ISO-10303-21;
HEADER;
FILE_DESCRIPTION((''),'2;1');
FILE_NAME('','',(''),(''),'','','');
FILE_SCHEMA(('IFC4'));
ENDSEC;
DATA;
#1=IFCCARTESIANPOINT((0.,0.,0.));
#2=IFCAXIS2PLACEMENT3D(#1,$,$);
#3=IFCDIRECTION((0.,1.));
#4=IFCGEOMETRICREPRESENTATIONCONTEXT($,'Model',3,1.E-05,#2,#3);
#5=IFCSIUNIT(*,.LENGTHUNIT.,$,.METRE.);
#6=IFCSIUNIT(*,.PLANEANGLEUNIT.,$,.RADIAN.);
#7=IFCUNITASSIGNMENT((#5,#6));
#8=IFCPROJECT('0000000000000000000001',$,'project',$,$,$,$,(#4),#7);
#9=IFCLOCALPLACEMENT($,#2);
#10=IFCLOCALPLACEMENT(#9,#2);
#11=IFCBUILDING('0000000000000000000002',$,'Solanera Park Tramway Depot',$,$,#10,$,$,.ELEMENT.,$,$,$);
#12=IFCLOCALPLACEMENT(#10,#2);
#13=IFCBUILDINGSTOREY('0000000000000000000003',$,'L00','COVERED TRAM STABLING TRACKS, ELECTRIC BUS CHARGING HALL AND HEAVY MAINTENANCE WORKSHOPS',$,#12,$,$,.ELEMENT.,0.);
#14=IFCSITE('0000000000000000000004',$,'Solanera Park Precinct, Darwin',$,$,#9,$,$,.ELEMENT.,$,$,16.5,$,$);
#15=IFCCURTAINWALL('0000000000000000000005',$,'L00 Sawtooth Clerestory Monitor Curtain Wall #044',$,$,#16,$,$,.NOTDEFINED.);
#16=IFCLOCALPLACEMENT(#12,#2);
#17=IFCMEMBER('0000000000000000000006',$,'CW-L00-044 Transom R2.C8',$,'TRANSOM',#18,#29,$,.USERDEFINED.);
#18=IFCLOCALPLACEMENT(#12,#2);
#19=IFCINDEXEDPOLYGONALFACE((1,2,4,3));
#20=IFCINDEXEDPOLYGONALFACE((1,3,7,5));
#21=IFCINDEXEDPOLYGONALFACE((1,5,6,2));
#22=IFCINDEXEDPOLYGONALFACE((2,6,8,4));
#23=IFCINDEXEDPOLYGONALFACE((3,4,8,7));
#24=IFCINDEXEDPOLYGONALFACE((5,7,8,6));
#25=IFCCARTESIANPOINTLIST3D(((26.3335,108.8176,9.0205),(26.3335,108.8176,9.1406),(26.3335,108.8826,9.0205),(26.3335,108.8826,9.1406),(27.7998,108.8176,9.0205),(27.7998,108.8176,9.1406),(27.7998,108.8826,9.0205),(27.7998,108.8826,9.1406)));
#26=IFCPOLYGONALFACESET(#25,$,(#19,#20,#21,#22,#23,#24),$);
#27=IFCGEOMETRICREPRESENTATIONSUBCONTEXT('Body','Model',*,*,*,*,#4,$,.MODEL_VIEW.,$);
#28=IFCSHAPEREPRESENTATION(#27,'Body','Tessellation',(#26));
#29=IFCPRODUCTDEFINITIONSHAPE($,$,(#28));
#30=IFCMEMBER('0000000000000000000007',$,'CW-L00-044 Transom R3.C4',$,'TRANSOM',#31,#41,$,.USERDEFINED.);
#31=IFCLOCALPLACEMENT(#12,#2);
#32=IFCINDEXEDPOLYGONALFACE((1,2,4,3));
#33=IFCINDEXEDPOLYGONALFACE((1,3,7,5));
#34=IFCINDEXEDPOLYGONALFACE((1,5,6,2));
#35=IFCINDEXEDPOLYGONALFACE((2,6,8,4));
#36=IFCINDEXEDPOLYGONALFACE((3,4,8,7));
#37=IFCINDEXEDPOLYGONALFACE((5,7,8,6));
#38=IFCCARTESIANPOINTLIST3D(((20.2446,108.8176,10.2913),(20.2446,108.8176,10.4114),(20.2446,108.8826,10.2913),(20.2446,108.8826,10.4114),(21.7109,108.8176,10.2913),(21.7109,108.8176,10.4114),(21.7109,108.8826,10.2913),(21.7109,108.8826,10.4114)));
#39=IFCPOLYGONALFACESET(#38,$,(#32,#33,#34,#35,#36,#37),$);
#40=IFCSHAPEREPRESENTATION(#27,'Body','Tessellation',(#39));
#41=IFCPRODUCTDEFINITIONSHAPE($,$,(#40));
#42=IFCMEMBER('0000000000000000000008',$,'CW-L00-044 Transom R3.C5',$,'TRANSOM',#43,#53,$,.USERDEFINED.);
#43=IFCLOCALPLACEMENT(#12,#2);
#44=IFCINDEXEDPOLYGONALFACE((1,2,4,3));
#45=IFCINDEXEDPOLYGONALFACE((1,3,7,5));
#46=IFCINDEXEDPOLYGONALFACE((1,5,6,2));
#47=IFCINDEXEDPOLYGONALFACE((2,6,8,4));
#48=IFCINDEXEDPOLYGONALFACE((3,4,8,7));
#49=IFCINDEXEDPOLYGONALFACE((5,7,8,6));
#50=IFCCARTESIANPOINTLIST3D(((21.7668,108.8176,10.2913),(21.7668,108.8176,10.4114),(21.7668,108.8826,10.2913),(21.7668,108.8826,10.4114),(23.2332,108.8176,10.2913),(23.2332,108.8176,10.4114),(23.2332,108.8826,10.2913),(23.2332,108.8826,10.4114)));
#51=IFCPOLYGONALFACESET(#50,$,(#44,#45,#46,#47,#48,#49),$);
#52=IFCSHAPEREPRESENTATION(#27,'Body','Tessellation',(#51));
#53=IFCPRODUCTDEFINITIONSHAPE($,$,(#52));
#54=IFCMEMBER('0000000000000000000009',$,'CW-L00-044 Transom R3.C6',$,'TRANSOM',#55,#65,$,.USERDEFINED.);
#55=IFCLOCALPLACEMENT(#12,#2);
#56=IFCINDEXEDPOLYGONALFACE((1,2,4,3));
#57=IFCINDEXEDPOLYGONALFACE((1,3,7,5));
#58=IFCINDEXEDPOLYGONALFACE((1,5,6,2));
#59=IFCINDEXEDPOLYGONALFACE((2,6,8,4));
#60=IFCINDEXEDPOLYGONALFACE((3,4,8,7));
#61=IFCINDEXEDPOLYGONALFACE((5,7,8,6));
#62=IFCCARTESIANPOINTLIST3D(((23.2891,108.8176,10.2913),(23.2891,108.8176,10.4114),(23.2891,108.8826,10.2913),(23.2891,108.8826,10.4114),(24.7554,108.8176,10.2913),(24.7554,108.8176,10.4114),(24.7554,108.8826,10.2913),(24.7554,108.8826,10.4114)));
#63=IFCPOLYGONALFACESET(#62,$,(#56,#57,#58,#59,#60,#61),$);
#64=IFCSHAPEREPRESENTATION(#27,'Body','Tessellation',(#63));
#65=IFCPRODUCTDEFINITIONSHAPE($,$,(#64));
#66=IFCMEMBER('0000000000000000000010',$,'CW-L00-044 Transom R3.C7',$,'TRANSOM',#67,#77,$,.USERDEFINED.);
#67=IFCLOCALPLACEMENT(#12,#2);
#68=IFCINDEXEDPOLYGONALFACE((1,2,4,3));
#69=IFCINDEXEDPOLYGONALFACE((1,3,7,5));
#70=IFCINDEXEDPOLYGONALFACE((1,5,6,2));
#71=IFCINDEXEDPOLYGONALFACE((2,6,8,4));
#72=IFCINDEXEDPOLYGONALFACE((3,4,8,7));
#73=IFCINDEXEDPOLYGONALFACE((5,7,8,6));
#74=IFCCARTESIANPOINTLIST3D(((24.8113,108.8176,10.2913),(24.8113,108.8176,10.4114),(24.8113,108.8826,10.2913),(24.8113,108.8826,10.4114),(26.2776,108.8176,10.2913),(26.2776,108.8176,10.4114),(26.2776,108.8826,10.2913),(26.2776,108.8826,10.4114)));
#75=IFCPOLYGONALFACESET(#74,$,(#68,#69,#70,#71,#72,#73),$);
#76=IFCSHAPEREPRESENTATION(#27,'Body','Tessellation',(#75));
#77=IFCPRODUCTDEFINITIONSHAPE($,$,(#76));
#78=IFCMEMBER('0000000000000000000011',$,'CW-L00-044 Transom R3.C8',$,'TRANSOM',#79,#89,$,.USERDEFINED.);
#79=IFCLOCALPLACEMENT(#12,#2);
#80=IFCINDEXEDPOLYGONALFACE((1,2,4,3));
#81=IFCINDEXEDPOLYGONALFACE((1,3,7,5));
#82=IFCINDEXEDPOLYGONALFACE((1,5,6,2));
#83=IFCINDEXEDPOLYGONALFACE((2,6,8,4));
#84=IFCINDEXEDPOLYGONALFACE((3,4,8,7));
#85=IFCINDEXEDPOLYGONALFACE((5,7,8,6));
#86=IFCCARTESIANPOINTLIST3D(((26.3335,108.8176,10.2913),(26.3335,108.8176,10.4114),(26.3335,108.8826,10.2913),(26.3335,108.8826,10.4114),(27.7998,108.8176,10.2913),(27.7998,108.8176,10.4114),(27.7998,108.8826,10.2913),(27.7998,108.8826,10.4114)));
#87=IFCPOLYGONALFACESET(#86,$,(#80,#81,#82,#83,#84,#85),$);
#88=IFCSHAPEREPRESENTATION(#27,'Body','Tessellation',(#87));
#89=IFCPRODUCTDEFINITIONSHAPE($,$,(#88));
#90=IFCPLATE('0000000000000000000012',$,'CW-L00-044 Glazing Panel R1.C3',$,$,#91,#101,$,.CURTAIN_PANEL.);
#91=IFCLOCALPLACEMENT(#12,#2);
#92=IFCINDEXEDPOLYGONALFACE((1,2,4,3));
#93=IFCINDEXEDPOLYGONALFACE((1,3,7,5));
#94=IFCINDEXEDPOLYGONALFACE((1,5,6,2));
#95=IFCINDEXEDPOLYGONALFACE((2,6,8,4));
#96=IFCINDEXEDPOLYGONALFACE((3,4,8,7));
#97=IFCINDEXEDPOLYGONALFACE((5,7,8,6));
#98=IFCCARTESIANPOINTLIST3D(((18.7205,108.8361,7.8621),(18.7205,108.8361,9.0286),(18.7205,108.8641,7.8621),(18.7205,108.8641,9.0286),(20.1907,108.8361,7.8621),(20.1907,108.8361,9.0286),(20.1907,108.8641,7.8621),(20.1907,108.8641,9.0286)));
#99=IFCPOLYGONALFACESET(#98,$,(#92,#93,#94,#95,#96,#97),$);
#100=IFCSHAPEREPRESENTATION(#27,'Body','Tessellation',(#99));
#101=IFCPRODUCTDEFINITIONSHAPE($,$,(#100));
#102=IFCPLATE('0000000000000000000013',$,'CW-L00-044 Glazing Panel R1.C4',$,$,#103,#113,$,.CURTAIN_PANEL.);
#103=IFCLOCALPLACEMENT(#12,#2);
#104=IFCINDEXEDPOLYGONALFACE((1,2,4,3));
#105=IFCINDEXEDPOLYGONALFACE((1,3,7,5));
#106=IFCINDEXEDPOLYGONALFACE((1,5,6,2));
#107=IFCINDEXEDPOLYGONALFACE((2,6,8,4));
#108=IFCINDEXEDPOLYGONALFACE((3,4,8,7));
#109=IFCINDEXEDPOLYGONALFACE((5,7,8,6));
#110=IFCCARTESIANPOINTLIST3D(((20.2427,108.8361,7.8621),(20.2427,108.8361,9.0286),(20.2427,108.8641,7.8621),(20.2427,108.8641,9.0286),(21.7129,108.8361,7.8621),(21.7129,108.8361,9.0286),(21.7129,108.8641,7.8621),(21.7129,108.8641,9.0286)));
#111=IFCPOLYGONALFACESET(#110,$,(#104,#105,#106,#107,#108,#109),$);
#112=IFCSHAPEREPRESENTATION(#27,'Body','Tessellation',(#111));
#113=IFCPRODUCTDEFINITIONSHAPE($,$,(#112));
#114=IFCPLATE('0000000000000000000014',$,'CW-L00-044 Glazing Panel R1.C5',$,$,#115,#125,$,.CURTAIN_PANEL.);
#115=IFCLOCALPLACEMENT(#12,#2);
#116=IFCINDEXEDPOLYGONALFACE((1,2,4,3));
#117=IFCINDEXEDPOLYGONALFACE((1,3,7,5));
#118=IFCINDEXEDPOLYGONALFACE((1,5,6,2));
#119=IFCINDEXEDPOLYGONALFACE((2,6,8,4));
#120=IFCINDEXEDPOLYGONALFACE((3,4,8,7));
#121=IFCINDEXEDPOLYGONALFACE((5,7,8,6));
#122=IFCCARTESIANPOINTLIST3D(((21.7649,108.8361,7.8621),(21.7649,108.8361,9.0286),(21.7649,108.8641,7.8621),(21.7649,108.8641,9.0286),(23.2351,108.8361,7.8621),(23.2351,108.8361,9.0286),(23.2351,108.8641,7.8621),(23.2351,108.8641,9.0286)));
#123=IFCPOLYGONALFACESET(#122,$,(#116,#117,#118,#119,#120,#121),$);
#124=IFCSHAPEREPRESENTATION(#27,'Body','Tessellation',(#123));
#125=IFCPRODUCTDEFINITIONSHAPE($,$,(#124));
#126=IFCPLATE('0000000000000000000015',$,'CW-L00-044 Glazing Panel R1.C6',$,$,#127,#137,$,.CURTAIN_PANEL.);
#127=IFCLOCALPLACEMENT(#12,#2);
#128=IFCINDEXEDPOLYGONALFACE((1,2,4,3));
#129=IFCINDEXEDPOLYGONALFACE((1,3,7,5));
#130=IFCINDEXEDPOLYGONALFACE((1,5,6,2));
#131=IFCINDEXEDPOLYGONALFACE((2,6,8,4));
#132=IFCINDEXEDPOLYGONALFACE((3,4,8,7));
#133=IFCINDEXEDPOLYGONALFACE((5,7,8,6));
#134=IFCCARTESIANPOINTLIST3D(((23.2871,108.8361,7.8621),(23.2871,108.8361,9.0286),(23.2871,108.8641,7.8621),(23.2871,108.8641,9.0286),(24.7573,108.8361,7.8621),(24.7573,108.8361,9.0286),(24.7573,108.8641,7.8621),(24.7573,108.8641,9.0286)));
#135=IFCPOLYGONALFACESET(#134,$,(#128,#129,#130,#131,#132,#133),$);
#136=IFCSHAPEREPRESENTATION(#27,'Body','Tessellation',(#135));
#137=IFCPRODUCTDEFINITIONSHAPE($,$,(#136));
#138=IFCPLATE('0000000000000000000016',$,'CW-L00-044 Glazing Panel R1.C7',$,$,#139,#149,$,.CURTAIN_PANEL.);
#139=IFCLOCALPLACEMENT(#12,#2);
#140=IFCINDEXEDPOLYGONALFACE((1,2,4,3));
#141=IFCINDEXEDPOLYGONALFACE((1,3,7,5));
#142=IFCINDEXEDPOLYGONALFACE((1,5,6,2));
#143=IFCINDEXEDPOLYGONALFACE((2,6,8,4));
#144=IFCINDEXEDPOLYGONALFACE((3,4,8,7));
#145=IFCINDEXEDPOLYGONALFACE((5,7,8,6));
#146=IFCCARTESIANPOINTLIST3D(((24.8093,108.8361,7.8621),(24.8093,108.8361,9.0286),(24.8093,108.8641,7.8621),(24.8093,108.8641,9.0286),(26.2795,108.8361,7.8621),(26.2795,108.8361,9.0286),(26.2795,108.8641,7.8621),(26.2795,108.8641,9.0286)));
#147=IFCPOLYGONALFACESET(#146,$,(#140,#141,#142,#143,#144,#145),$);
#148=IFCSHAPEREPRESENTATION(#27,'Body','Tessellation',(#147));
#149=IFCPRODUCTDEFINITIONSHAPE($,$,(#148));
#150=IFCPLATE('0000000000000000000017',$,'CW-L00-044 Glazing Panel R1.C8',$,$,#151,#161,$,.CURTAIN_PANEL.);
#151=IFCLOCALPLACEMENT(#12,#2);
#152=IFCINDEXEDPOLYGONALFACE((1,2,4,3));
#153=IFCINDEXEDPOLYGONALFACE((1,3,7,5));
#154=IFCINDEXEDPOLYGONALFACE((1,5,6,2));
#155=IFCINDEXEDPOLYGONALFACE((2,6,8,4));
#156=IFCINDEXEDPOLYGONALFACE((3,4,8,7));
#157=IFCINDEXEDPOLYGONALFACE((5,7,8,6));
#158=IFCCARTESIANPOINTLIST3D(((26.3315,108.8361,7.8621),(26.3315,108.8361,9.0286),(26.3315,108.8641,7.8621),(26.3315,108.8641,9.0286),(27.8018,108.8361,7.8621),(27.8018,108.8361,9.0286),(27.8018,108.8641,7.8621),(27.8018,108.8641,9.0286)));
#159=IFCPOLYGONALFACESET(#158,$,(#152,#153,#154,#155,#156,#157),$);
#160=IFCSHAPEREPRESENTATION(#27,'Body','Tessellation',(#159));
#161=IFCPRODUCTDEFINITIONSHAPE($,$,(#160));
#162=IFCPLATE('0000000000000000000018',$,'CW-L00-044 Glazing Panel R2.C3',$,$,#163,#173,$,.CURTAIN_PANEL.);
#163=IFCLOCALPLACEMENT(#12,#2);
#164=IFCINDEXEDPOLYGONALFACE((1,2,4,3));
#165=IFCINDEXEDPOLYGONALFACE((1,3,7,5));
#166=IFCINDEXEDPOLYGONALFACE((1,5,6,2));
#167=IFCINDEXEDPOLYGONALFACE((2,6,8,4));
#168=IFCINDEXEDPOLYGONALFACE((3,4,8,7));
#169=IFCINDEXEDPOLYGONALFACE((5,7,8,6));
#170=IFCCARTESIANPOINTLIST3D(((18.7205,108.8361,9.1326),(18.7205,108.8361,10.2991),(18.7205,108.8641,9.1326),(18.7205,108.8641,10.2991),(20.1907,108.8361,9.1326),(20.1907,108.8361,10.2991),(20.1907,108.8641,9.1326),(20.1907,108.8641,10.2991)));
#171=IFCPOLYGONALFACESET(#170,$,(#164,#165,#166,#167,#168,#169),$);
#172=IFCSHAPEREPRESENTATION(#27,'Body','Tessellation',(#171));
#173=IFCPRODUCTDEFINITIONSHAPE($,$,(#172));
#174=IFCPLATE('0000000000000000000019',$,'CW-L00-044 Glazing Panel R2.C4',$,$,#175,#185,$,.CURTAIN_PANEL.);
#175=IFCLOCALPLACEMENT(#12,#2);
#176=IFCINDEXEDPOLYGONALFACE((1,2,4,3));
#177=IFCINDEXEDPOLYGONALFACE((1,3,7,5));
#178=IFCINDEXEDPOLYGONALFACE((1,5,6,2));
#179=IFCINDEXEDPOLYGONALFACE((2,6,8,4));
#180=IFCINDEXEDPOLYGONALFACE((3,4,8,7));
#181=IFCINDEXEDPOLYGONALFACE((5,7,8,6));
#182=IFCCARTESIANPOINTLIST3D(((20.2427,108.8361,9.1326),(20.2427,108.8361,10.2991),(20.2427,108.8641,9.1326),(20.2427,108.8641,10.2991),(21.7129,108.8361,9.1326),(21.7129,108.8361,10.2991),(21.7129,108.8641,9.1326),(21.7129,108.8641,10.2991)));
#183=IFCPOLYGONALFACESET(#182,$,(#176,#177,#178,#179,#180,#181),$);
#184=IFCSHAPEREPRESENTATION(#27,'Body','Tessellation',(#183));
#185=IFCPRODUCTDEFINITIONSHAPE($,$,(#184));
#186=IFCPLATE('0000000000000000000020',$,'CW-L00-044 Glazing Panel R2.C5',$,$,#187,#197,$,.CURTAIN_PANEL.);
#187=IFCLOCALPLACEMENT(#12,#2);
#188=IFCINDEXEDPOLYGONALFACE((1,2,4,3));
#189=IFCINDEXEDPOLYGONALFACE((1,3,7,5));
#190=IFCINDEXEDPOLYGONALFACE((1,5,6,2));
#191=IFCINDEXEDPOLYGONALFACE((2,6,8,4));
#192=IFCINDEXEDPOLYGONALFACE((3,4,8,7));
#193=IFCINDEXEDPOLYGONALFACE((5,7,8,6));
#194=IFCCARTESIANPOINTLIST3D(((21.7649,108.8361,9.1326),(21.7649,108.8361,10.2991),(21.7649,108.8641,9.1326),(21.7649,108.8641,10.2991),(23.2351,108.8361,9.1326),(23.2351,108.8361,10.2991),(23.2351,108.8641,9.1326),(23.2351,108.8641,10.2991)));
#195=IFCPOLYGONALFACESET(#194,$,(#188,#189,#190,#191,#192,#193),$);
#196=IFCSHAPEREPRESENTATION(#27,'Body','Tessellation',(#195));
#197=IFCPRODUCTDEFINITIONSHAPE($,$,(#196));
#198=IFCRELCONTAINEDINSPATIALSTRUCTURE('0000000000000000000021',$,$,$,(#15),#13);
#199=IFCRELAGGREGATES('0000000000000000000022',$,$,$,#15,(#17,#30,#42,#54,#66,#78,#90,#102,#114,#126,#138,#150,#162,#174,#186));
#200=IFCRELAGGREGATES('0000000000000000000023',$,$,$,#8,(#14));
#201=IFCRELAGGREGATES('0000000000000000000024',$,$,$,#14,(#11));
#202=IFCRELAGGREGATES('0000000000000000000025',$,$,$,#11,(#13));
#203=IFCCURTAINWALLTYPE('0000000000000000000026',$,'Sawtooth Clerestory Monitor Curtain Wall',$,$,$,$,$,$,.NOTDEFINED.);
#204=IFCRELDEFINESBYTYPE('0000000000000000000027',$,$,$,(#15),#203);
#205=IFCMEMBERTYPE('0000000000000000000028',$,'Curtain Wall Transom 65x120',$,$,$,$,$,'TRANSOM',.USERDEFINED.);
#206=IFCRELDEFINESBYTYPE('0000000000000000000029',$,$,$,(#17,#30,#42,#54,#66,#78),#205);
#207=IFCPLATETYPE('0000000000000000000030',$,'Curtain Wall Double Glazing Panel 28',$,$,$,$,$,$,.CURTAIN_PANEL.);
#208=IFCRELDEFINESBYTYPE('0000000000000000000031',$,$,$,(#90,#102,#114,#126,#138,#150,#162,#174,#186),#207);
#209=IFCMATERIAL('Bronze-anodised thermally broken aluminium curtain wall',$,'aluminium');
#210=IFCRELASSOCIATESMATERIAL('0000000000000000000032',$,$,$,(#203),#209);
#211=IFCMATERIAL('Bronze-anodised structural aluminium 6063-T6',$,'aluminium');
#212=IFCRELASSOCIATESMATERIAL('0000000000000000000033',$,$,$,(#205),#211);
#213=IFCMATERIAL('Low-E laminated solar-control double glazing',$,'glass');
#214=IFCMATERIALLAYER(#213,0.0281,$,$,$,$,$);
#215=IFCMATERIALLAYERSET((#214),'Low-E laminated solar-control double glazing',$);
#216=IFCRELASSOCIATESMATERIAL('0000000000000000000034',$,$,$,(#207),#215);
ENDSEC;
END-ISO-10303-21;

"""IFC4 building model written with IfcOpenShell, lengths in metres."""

from ifc_helpers import new_model, si_unit, direction, frame, origin, origin_2d, place, context, subcontext, project, spatial, rectangle, extrude, material, layer, layer_set, material_profile, profile_set, type_object, element, aggregate, save


model = new_model("IFC4")

# Units and contexts
model_context = context("Model", 3, precision=1e-05, world=origin(), true_north=direction((0.0, 1.0)))
body_context = subcontext(model_context, "Body", "Model", "MODEL_VIEW")
ifc_project = project(units=[si_unit("LENGTHUNIT", "METRE"), si_unit("PLANEANGLEUNIT", "RADIAN")], contexts=[model_context])

# Site, building, storey
site_placement = place(None, origin())
site = spatial("IfcSite", under=ifc_project, at=site_placement, Name="Solanera Park Precinct, Darwin", CompositionType="ELEMENT", RefElevation=16.5)
building_placement = place(site_placement, origin())
building = spatial("IfcBuilding", under=site, at=building_placement, Name="Solanera Park Tramway Depot", CompositionType="ELEMENT")
storey_placement = place(building_placement, origin())
storey = spatial("IfcBuildingStorey", under=building, at=storey_placement, Name="L00", Description="COVERED TRAM STABLING TRACKS, ELECTRIC BUS CHARGING HALL AND HEAVY MAINTENANCE WORKSHOPS", CompositionType="ELEMENT", Elevation=0.0)

# Curtain wall, members, plates
ifc_material_1 = material(Name="Bronze-anodised thermally broken aluminium curtain wall", Category="aluminium")
curtain_wall_type = type_object("IfcCurtainWallType", Name="Sawtooth Clerestory Monitor Curtain Wall", PredefinedType="NOTDEFINED", material=ifc_material_1)
curtain_wall_placement = place(storey_placement, origin())
curtain_wall = element("IfcCurtainWall", 1, at=curtain_wall_placement, inside=storey, type_object=curtain_wall_type, Name="L00 Sawtooth Clerestory Monitor Curtain Wall #044", PredefinedType="NOTDEFINED")
ifc_material_2 = material(Name="Bronze-anodised structural aluminium 6063-T6", Category="aluminium")
ifc_material_profile_1 = material_profile(ifc_material_2, rectangle(XDim=0.0649, YDim=0.1201, at=origin_2d()), Name="Curtain Wall Transom 65x120")
ifc_profile_set_1 = profile_set([ifc_material_profile_1], Name="Bronze-anodised structural aluminium 6063-T6")
member_type_1 = type_object("IfcMemberType", Name="Curtain Wall Transom 65x120", ElementType="TRANSOM", PredefinedType="USERDEFINED", material=ifc_profile_set_1)
member_1_placement = place(storey_placement, frame((26.3335, 108.8501, 9.0806), z_axis=(1.0, 0.0, 0.0), x_axis=(0.0, 1.0, 0.0)))
member_1 = element("IfcMember", 2, at=member_1_placement, type_object=member_type_1, Name="CW-L00-044 Transom R2.C8", ObjectType="TRANSOM", PredefinedType="USERDEFINED", context=body_context, shape_type="SweptSolid", body=[
    extrude(rectangle(XDim=0.0649, YDim=0.1201, at=origin_2d()), origin(), (0.0, 0.0, 1.0), 1.4663),
])
member_2_placement = place(storey_placement, frame((20.2446, 108.8501, 10.3513), z_axis=(1.0, 0.0, 0.0), x_axis=(0.0, 1.0, 0.0)))
member_2 = element("IfcMember", 3, at=member_2_placement, type_object=member_type_1, Name="CW-L00-044 Transom R3.C4", ObjectType="TRANSOM", PredefinedType="USERDEFINED", context=body_context, shape_type="SweptSolid", body=[
    extrude(rectangle(XDim=0.0649, YDim=0.1201, at=origin_2d()), origin(), (0.0, 0.0, 1.0), 1.4663),
])
member_3_placement = place(storey_placement, frame((21.7668, 108.8501, 10.3513), z_axis=(1.0, 0.0, 0.0), x_axis=(0.0, 1.0, 0.0)))
member_3 = element("IfcMember", 4, at=member_3_placement, type_object=member_type_1, Name="CW-L00-044 Transom R3.C5", ObjectType="TRANSOM", PredefinedType="USERDEFINED", context=body_context, shape_type="SweptSolid", body=[
    extrude(rectangle(XDim=0.0649, YDim=0.1201, at=origin_2d()), origin(), (0.0, 0.0, 1.0), 1.4663),
])
member_4_placement = place(storey_placement, frame((23.2891, 108.8501, 10.3513), z_axis=(1.0, 0.0, 0.0), x_axis=(0.0, 1.0, 0.0)))
member_4 = element("IfcMember", 5, at=member_4_placement, type_object=member_type_1, Name="CW-L00-044 Transom R3.C6", ObjectType="TRANSOM", PredefinedType="USERDEFINED", context=body_context, shape_type="SweptSolid", body=[
    extrude(rectangle(XDim=0.0649, YDim=0.1201, at=origin_2d()), origin(), (0.0, 0.0, 1.0), 1.4663),
])
member_5_placement = place(storey_placement, frame((24.8113, 108.8501, 10.3513), z_axis=(1.0, 0.0, 0.0), x_axis=(0.0, 1.0, 0.0)))
member_5 = element("IfcMember", 6, at=member_5_placement, type_object=member_type_1, Name="CW-L00-044 Transom R3.C7", ObjectType="TRANSOM", PredefinedType="USERDEFINED", context=body_context, shape_type="SweptSolid", body=[
    extrude(rectangle(XDim=0.0649, YDim=0.1201, at=origin_2d()), origin(), (0.0, 0.0, 1.0), 1.4663),
])
member_6_placement = place(storey_placement, frame((26.3335, 108.8501, 10.3513), z_axis=(1.0, 0.0, 0.0), x_axis=(0.0, 1.0, 0.0)))
member_6 = element("IfcMember", 7, at=member_6_placement, type_object=member_type_1, Name="CW-L00-044 Transom R3.C8", ObjectType="TRANSOM", PredefinedType="USERDEFINED", context=body_context, shape_type="SweptSolid", body=[
    extrude(rectangle(XDim=0.0649, YDim=0.1201, at=origin_2d()), origin(), (0.0, 0.0, 1.0), 1.4663),
])
ifc_material_3 = material(Name="Low-E laminated solar-control double glazing", Category="glass")
ifc_layer = layer(ifc_material_3, 0.0281)
ifc_layer_set = layer_set([ifc_layer], Name="Low-E laminated solar-control double glazing")
plate_type = type_object("IfcPlateType", Name="Curtain Wall Double Glazing Panel 28", PredefinedType="CURTAIN_PANEL", material=ifc_layer_set)
plate_1_placement = place(storey_placement, frame((19.4556, 108.8501, 7.8621), z_axis=(0.0, 0.0, 1.0), x_axis=(1.0, 0.0, 0.0)))
plate_1 = element("IfcPlate", 8, at=plate_1_placement, type_object=plate_type, Name="CW-L00-044 Glazing Panel R1.C3", PredefinedType="CURTAIN_PANEL", context=body_context, shape_type="SweptSolid", body=[
    extrude(rectangle(XDim=1.4702, YDim=0.0281, at=origin_2d()), origin(), (0.0, 0.0, 1.0), 1.1665),
])
plate_2_placement = place(storey_placement, frame((20.9778, 108.8501, 7.8621), z_axis=(0.0, 0.0, 1.0), x_axis=(1.0, 0.0, 0.0)))
plate_2 = element("IfcPlate", 9, at=plate_2_placement, type_object=plate_type, Name="CW-L00-044 Glazing Panel R1.C4", PredefinedType="CURTAIN_PANEL", context=body_context, shape_type="SweptSolid", body=[
    extrude(rectangle(XDim=1.4702, YDim=0.0281, at=origin_2d()), origin(), (0.0, 0.0, 1.0), 1.1665),
])
plate_3_placement = place(storey_placement, frame((22.5, 108.8501, 7.8621), z_axis=(0.0, 0.0, 1.0), x_axis=(1.0, 0.0, 0.0)))
plate_3 = element("IfcPlate", 10, at=plate_3_placement, type_object=plate_type, Name="CW-L00-044 Glazing Panel R1.C5", PredefinedType="CURTAIN_PANEL", context=body_context, shape_type="SweptSolid", body=[
    extrude(rectangle(XDim=1.4702, YDim=0.0281, at=origin_2d()), origin(), (0.0, 0.0, 1.0), 1.1665),
])
plate_4_placement = place(storey_placement, frame((24.0222, 108.8501, 7.8621), z_axis=(0.0, 0.0, 1.0), x_axis=(1.0, 0.0, 0.0)))
plate_4 = element("IfcPlate", 11, at=plate_4_placement, type_object=plate_type, Name="CW-L00-044 Glazing Panel R1.C6", PredefinedType="CURTAIN_PANEL", context=body_context, shape_type="SweptSolid", body=[
    extrude(rectangle(XDim=1.4702, YDim=0.0281, at=origin_2d()), origin(), (0.0, 0.0, 1.0), 1.1665),
])
plate_5_placement = place(storey_placement, frame((25.5444, 108.8501, 7.8621), z_axis=(0.0, 0.0, 1.0), x_axis=(1.0, 0.0, 0.0)))
plate_5 = element("IfcPlate", 12, at=plate_5_placement, type_object=plate_type, Name="CW-L00-044 Glazing Panel R1.C7", PredefinedType="CURTAIN_PANEL", context=body_context, shape_type="SweptSolid", body=[
    extrude(rectangle(XDim=1.4702, YDim=0.0281, at=origin_2d()), origin(), (0.0, 0.0, 1.0), 1.1665),
])
plate_6_placement = place(storey_placement, frame((27.0667, 108.8501, 7.8621), z_axis=(0.0, 0.0, 1.0), x_axis=(1.0, 0.0, 0.0)))
plate_6 = element("IfcPlate", 13, at=plate_6_placement, type_object=plate_type, Name="CW-L00-044 Glazing Panel R1.C8", PredefinedType="CURTAIN_PANEL", context=body_context, shape_type="SweptSolid", body=[
    extrude(rectangle(XDim=1.4702, YDim=0.0281, at=origin_2d()), origin(), (0.0, 0.0, 1.0), 1.1665),
])
plate_7_placement = place(storey_placement, frame((19.4556, 108.8501, 9.1326), z_axis=(0.0, 0.0, 1.0), x_axis=(1.0, 0.0, 0.0)))
plate_7 = element("IfcPlate", 14, at=plate_7_placement, type_object=plate_type, Name="CW-L00-044 Glazing Panel R2.C3", PredefinedType="CURTAIN_PANEL", context=body_context, shape_type="SweptSolid", body=[
    extrude(rectangle(XDim=1.4702, YDim=0.0281, at=origin_2d()), origin(), (0.0, 0.0, 1.0), 1.1665),
])
plate_8_placement = place(storey_placement, frame((20.9778, 108.8501, 9.1326), z_axis=(0.0, 0.0, 1.0), x_axis=(1.0, 0.0, 0.0)))
plate_8 = element("IfcPlate", 15, at=plate_8_placement, type_object=plate_type, Name="CW-L00-044 Glazing Panel R2.C4", PredefinedType="CURTAIN_PANEL", context=body_context, shape_type="SweptSolid", body=[
    extrude(rectangle(XDim=1.4702, YDim=0.0281, at=origin_2d()), origin(), (0.0, 0.0, 1.0), 1.1665),
])
plate_9_placement = place(storey_placement, frame((22.5, 108.8501, 9.1326), z_axis=(0.0, 0.0, 1.0), x_axis=(1.0, 0.0, 0.0)))
plate_9 = element("IfcPlate", 16, at=plate_9_placement, type_object=plate_type, Name="CW-L00-044 Glazing Panel R2.C5", PredefinedType="CURTAIN_PANEL", context=body_context, shape_type="SweptSolid", body=[
    extrude(rectangle(XDim=1.4702, YDim=0.0281, at=origin_2d()), origin(), (0.0, 0.0, 1.0), 1.1665),
])
aggregate(curtain_wall, [member_1, member_2, member_3, member_4, member_5, member_6, plate_1, plate_2, plate_3, plate_4, plate_5, plate_6, plate_7, plate_8, plate_9])

save(model, "model.ifc")
